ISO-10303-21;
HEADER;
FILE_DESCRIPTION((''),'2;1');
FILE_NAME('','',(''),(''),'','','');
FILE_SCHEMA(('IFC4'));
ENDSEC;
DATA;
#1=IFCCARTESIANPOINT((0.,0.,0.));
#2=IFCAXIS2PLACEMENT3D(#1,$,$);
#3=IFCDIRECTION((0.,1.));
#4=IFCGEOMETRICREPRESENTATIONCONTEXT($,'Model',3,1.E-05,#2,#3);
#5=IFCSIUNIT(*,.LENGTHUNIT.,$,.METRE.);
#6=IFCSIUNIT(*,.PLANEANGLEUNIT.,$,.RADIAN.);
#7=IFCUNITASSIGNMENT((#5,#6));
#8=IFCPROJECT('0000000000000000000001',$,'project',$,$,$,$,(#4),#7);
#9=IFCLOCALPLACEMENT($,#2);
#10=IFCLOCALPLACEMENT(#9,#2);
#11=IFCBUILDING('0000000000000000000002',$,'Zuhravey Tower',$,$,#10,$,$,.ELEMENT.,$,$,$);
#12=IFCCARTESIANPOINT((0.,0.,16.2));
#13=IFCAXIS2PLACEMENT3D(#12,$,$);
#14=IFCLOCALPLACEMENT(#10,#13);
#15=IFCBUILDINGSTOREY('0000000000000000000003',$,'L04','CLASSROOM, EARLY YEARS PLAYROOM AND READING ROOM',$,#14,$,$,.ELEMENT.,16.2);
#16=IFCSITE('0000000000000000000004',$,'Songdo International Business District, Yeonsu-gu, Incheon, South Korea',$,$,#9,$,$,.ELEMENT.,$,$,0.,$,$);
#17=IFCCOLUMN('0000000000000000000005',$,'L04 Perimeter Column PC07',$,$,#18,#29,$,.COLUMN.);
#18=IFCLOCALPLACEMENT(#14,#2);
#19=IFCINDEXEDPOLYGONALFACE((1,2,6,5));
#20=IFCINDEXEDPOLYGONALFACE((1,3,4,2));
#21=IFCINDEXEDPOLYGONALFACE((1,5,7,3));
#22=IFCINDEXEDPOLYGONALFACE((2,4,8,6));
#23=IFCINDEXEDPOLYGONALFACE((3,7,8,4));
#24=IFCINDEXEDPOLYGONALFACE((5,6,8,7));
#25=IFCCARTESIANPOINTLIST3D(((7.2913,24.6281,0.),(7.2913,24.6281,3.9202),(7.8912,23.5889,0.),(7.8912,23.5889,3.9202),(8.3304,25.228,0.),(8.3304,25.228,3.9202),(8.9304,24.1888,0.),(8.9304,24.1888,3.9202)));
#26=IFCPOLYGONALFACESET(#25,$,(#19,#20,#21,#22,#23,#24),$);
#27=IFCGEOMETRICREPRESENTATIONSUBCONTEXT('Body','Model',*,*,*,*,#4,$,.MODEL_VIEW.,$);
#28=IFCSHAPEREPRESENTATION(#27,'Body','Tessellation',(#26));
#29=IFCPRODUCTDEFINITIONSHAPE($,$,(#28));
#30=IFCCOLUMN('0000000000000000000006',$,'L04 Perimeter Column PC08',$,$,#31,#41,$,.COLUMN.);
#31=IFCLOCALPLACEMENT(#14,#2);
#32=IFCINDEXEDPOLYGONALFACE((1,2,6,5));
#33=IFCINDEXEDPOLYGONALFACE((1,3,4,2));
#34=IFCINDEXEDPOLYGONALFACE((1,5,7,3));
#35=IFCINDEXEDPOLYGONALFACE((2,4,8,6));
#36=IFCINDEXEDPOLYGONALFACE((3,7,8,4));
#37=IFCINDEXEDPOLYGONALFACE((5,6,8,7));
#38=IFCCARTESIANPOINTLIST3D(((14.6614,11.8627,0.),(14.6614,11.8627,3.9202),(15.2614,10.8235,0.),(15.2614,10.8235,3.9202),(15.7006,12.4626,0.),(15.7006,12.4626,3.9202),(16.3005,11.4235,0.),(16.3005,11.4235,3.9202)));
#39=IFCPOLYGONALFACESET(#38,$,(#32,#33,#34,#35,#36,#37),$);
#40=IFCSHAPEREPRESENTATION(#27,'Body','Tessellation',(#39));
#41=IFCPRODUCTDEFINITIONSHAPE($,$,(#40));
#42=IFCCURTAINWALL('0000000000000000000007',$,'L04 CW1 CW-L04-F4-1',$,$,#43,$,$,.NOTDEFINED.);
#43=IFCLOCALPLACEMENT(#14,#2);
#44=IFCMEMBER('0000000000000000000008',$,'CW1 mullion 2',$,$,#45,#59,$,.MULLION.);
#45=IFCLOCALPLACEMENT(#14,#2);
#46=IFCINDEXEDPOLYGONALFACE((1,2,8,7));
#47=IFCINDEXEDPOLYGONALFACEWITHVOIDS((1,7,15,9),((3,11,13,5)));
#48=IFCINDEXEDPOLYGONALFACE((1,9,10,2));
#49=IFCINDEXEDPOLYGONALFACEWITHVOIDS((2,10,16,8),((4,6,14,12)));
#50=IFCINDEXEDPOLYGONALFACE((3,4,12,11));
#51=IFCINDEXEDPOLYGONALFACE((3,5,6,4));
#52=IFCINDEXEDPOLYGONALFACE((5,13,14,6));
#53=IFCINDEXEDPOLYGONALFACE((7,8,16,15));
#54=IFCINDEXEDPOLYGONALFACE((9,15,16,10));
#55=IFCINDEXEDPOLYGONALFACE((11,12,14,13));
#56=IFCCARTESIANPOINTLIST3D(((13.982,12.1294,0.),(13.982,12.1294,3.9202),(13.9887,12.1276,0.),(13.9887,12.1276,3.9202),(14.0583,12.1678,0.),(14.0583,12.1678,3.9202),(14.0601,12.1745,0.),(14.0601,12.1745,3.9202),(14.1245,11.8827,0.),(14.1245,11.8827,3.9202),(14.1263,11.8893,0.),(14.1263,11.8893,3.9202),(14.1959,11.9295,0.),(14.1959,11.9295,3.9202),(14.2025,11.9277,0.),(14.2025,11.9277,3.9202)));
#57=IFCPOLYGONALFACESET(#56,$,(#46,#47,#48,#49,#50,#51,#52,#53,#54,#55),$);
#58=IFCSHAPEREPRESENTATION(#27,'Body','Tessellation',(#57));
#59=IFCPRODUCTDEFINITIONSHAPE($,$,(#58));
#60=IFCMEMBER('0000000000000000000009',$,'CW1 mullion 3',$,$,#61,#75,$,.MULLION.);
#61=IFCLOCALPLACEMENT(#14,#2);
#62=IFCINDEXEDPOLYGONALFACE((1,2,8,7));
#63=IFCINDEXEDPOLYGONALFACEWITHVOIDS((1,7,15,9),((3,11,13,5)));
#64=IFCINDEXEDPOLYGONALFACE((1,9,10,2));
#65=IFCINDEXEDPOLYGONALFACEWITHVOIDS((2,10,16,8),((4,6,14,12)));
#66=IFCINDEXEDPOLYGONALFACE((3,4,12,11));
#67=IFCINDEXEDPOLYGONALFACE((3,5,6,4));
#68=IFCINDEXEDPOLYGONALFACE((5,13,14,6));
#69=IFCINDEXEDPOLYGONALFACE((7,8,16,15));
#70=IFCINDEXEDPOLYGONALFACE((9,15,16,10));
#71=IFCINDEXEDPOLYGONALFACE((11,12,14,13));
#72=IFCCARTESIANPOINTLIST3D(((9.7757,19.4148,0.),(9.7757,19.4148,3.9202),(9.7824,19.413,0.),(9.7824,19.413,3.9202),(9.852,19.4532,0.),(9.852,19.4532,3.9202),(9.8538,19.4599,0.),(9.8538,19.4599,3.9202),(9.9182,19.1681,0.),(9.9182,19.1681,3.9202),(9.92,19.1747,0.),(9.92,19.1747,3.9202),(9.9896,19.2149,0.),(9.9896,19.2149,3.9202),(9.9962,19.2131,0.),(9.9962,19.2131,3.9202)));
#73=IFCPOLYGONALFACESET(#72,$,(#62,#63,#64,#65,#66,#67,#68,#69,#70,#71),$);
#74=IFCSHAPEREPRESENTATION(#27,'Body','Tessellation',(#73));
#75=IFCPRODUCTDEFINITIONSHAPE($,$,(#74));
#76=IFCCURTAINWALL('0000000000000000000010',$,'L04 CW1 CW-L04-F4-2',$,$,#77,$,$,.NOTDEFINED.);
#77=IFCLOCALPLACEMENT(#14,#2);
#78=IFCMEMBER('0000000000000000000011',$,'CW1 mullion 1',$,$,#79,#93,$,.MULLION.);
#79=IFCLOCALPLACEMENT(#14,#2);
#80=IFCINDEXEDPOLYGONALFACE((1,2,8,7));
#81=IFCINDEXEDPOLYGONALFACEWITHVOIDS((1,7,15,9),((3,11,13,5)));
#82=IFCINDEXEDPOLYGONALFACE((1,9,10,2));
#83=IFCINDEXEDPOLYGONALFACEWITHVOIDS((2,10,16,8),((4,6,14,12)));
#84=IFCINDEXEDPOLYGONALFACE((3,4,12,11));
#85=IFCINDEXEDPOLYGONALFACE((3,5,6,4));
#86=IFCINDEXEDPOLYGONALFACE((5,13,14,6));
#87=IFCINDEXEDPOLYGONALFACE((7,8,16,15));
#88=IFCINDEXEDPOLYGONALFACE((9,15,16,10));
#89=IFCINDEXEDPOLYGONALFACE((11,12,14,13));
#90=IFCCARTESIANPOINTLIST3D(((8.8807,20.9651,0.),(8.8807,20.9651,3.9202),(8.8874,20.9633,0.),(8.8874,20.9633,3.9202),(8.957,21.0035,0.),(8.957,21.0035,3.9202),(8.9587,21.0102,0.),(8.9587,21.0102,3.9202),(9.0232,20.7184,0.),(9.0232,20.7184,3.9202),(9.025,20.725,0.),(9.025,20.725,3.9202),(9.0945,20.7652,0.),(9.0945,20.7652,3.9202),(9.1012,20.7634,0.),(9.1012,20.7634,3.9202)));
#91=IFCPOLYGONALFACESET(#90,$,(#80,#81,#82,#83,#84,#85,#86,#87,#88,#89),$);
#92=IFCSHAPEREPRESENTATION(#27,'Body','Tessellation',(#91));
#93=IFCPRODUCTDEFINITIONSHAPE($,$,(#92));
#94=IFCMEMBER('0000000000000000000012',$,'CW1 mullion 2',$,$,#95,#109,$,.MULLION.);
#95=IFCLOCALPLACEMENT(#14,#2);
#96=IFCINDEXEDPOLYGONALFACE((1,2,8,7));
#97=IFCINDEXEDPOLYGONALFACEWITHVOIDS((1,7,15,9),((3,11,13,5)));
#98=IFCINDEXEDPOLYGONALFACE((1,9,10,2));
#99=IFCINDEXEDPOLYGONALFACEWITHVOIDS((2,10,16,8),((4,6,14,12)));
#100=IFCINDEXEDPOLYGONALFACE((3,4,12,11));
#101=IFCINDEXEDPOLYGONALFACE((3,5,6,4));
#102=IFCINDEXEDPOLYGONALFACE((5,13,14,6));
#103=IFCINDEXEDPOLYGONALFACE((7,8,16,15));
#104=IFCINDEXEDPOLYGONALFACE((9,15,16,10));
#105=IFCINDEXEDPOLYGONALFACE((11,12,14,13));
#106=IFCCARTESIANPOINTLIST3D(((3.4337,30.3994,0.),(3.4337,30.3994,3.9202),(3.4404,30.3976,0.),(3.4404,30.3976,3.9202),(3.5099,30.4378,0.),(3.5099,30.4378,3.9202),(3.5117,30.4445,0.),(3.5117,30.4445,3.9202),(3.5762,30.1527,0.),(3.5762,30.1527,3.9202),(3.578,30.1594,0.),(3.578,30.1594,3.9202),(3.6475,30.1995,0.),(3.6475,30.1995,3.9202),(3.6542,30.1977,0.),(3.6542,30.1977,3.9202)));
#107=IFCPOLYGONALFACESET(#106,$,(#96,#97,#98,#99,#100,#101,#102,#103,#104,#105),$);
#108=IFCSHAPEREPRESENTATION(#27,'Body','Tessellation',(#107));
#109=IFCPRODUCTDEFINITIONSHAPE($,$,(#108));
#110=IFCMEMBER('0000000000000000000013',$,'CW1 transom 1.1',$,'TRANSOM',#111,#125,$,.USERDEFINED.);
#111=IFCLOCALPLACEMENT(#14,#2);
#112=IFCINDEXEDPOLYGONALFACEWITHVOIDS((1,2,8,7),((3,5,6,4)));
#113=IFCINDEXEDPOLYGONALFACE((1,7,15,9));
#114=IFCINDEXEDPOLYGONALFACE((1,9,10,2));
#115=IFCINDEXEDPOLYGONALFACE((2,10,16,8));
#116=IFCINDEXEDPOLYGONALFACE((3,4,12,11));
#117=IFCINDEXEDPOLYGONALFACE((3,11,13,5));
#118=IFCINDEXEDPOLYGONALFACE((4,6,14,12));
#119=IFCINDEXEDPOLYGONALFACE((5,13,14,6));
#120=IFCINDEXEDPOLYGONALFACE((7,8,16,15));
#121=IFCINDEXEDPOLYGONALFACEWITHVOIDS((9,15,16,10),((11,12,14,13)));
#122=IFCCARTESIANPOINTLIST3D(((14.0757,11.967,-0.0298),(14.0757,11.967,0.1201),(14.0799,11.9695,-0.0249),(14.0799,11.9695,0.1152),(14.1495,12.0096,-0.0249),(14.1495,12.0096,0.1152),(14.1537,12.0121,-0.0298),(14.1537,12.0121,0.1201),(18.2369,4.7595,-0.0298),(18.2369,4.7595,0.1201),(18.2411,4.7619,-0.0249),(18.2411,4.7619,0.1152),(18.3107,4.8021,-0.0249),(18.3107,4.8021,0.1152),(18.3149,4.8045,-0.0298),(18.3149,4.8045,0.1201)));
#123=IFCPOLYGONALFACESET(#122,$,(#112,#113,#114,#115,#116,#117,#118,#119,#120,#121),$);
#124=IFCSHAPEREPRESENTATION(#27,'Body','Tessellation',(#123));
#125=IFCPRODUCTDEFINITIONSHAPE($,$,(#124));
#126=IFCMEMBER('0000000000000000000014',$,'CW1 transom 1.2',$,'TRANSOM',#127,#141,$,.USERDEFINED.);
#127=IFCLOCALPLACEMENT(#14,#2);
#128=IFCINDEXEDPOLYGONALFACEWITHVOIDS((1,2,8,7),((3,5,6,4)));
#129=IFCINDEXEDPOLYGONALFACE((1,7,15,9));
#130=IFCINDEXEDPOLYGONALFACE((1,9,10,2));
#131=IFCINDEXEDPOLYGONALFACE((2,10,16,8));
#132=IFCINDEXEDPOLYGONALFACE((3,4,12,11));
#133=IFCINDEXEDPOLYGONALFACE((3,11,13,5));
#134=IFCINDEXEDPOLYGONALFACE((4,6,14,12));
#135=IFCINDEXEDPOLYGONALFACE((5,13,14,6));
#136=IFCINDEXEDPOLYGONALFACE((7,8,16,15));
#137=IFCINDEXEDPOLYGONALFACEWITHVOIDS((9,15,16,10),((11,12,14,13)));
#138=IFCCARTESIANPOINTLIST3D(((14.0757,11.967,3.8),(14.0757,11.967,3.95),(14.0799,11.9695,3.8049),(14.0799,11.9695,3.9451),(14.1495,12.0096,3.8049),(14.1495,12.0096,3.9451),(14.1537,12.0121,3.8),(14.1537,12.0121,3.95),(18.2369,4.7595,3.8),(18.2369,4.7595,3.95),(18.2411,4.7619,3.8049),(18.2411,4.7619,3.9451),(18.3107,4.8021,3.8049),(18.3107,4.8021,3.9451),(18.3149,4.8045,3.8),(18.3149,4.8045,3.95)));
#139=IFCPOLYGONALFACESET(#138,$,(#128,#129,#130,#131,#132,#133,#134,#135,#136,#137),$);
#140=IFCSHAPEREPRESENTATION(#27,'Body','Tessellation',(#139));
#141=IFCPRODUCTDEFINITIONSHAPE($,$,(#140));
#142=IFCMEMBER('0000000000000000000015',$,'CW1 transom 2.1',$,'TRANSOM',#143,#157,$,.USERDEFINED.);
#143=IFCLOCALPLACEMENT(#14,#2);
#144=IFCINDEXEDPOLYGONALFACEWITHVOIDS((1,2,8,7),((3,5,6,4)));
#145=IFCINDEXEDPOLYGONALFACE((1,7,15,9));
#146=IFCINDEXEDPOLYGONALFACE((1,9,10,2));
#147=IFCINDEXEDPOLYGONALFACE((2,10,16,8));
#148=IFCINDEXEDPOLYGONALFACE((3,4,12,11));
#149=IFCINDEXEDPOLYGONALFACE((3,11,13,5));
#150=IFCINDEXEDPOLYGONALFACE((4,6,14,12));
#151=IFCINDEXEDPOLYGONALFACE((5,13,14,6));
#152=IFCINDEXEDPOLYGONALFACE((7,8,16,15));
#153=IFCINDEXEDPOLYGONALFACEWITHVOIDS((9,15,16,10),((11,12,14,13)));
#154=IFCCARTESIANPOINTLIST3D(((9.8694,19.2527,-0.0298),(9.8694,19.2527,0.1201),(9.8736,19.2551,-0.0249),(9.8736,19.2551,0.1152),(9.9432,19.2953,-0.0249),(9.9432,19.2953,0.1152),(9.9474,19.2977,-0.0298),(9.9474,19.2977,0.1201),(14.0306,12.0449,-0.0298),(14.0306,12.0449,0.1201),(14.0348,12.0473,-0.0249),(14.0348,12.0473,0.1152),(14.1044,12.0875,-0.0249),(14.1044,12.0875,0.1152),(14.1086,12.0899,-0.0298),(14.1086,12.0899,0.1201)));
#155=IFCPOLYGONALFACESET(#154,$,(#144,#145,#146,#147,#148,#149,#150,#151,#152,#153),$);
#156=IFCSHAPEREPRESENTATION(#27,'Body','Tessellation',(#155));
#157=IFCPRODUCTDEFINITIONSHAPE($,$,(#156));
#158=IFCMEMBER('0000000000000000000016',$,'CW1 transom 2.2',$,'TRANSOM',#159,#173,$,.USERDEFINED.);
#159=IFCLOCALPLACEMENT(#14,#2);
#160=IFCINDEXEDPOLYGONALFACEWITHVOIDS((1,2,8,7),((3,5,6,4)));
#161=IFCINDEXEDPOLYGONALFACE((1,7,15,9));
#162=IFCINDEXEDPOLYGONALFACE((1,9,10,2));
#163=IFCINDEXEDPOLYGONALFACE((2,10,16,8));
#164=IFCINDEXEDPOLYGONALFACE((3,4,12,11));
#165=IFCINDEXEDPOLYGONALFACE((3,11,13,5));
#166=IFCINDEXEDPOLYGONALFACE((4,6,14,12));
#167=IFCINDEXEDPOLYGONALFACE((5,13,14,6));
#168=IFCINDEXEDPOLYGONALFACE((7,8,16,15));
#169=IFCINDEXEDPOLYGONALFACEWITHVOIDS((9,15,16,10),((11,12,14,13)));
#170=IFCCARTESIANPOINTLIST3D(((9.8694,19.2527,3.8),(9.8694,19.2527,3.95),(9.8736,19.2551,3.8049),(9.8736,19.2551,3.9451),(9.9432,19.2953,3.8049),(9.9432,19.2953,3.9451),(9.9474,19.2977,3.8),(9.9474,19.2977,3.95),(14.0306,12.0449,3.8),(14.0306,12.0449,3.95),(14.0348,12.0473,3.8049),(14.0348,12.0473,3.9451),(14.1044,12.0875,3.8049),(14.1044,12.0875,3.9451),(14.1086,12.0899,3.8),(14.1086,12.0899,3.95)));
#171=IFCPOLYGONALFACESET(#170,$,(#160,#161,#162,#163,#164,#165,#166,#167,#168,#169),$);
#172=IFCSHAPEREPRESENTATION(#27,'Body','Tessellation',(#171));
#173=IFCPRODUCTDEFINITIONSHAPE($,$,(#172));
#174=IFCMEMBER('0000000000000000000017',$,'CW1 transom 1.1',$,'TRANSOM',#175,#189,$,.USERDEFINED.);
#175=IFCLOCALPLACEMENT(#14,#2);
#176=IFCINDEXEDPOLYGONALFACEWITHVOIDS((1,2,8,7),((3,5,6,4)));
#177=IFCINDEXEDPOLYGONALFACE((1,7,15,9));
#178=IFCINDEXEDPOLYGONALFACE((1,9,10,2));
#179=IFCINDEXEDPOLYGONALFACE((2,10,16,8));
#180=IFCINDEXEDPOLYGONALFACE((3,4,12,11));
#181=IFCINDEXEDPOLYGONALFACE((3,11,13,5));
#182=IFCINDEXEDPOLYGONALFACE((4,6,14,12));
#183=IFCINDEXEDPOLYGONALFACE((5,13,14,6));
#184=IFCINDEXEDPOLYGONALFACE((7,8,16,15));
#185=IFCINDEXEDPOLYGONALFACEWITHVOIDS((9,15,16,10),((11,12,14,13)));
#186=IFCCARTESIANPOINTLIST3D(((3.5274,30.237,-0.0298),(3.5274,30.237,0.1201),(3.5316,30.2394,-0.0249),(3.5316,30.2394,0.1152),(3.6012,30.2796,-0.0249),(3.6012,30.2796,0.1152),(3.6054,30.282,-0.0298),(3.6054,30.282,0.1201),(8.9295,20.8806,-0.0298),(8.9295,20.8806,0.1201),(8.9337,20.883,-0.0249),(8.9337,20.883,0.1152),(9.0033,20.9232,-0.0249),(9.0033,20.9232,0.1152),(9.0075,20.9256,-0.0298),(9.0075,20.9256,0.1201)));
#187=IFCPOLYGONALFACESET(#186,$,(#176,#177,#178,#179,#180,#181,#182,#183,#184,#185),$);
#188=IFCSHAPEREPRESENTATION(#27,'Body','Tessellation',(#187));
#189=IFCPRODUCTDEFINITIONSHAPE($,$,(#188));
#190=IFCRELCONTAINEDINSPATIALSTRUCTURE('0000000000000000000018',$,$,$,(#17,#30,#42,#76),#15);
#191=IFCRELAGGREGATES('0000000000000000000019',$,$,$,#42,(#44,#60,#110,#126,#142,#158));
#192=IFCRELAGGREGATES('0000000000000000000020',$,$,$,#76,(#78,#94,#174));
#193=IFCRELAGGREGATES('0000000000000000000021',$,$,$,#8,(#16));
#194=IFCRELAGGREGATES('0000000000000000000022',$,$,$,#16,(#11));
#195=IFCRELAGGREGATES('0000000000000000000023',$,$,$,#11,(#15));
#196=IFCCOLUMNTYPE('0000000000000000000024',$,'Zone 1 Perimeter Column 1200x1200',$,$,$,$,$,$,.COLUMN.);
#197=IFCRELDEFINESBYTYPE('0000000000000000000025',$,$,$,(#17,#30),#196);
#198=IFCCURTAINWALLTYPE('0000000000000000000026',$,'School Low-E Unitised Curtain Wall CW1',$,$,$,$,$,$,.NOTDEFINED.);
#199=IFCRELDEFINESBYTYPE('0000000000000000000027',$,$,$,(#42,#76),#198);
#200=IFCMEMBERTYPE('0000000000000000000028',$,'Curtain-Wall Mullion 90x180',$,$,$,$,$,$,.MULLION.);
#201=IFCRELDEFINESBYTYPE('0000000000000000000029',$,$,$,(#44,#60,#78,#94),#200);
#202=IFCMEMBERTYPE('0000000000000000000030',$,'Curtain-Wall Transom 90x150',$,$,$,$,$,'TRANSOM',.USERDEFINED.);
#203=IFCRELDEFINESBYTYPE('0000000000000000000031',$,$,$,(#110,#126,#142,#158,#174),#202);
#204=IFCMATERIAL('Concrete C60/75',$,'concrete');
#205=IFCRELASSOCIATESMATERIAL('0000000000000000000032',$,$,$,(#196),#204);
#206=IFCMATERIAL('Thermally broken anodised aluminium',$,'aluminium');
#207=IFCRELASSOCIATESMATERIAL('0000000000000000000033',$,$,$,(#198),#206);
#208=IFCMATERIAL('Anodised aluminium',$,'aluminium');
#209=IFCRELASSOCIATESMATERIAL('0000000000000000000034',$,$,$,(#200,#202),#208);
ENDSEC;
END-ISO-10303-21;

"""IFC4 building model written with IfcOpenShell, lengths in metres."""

from ifc_helpers import new_model, si_unit, direction, frame, origin, origin_2d, place, context, subcontext, project, spatial, rectangle, hollow_rectangle, extrude, material, material_profile, profile_set, type_object, element, aggregate, save


model = new_model("IFC4")

# Units and contexts
model_context = context("Model", 3, precision=1e-05, world=origin(), true_north=direction((0.0, 1.0)))
body_context = subcontext(model_context, "Body", "Model", "MODEL_VIEW")
ifc_project = project(units=[si_unit("LENGTHUNIT", "METRE"), si_unit("PLANEANGLEUNIT", "RADIAN")], contexts=[model_context])

# Site, building, storey
site_placement = place(None, origin())
site = spatial("IfcSite", under=ifc_project, at=site_placement, Name="Songdo International Business District, Yeonsu-gu, Incheon, South Korea", CompositionType="ELEMENT", RefElevation=0.0)
building_placement = place(site_placement, origin())
building = spatial("IfcBuilding", under=site, at=building_placement, Name="Zuhravey Tower", CompositionType="ELEMENT")
storey_placement = place(building_placement, frame((0.0, 0.0, 16.2)))
storey = spatial("IfcBuildingStorey", under=building, at=storey_placement, Name="L04", Description="CLASSROOM, EARLY YEARS PLAYROOM AND READING ROOM", CompositionType="ELEMENT", Elevation=16.2)

# Columns
ifc_material_1 = material(Name="Concrete C60/75", Category="concrete")
ifc_material_profile_1 = material_profile(ifc_material_1, rectangle(XDim=1.2, YDim=1.2, at=origin_2d()), Name="RC-1200x1200")
ifc_profile_set_1 = profile_set([ifc_material_profile_1], Name="Concrete C60/75")
column_type = type_object("IfcColumnType", Name="Zone 1 Perimeter Column 1200x1200", PredefinedType="COLUMN", material=ifc_profile_set_1)
for number, where, z_axis, x_axis, name in (
    (1, (8.1108, 24.4084, 0.0), (0.0, 0.0, 1.0), (0.5, -0.866025, 0.0), "L04 Perimeter Column PC07"),
    (2, (15.481, 11.6431, 0.0), (0.0, 0.0, 1.0), (0.5, -0.866025, 0.0), "L04 Perimeter Column PC08"),
):
    element("IfcColumn", number, at=place(storey_placement, frame(where, z_axis=z_axis, x_axis=x_axis)), inside=storey, type_object=column_type, Name=name, PredefinedType="COLUMN", context=body_context, shape_type="SweptSolid", body=[
        extrude(rectangle(XDim=1.2, YDim=1.2, at=origin_2d()), origin(), (0.0, 0.0, 1.0), 3.9202),
    ])

# Curtain walls, members
ifc_material_2 = material(Name="Thermally broken anodised aluminium", Category="aluminium")
curtain_wall_type = type_object("IfcCurtainWallType", Name="School Low-E Unitised Curtain Wall CW1", PredefinedType="NOTDEFINED", material=ifc_material_2)
curtain_wall_1_placement = place(storey_placement, origin())
curtain_wall_1 = element("IfcCurtainWall", 3, at=curtain_wall_1_placement, inside=storey, type_object=curtain_wall_type, Name="L04 CW1 CW-L04-F4-1", PredefinedType="NOTDEFINED")
ifc_material_3 = material(Name="Anodised aluminium", Category="aluminium")
ifc_material_profile_2 = material_profile(ifc_material_3, hollow_rectangle(XDim=0.0901, YDim=0.2849, WallThickness=0.0049, at=origin_2d()), Name="ALU-RHS-90x285x5")
ifc_profile_set_2 = profile_set([ifc_material_profile_2], Name="Anodised aluminium")
member_type_1 = type_object("IfcMemberType", Name="Curtain-Wall Mullion 90x180", PredefinedType="MULLION", material=ifc_profile_set_2)
member_1_placement = place(storey_placement, frame((14.0923, 12.0286, 0.0), z_axis=(0.0, 0.0, 1.0), x_axis=(-0.866026, -0.5, 0.0)))
member_1 = element("IfcMember", 4, at=member_1_placement, type_object=member_type_1, Name="CW1 mullion 2", PredefinedType="MULLION", context=body_context, shape_type="SweptSolid", body=[
    extrude(hollow_rectangle(XDim=0.0901, YDim=0.2849, WallThickness=0.0049, at=origin_2d()), origin(), (0.0, 0.0, 1.0), 3.9202),
])
member_2_placement = place(storey_placement, frame((9.886, 19.314, 0.0), z_axis=(0.0, 0.0, 1.0), x_axis=(-0.866026, -0.5, 0.0)))
member_2 = element("IfcMember", 5, at=member_2_placement, type_object=member_type_1, Name="CW1 mullion 3", PredefinedType="MULLION", context=body_context, shape_type="SweptSolid", body=[
    extrude(hollow_rectangle(XDim=0.0901, YDim=0.2849, WallThickness=0.0049, at=origin_2d()), origin(), (0.0, 0.0, 1.0), 3.9202),
])
curtain_wall_2_placement = place(storey_placement, origin())
curtain_wall_2 = element("IfcCurtainWall", 6, at=curtain_wall_2_placement, inside=storey, type_object=curtain_wall_type, Name="L04 CW1 CW-L04-F4-2", PredefinedType="NOTDEFINED")
member_3_placement = place(storey_placement, frame((8.991, 20.8643, 0.0), z_axis=(0.0, 0.0, 1.0), x_axis=(-0.866027, -0.499998, 0.0)))
member_3 = element("IfcMember", 7, at=member_3_placement, type_object=member_type_1, Name="CW1 mullion 1", PredefinedType="MULLION", context=body_context, shape_type="SweptSolid", body=[
    extrude(hollow_rectangle(XDim=0.0901, YDim=0.2849, WallThickness=0.0049, at=origin_2d()), origin(), (0.0, 0.0, 1.0), 3.9202),
])
member_4_placement = place(storey_placement, frame((3.5439, 30.2986, 0.0), z_axis=(0.0, 0.0, 1.0), x_axis=(-0.866027, -0.499998, 0.0)))
member_4 = element("IfcMember", 8, at=member_4_placement, type_object=member_type_1, Name="CW1 mullion 2", PredefinedType="MULLION", context=body_context, shape_type="SweptSolid", body=[
    extrude(hollow_rectangle(XDim=0.0901, YDim=0.2849, WallThickness=0.0049, at=origin_2d()), origin(), (0.0, 0.0, 1.0), 3.9202),
])

# Members
ifc_material_profile_3 = material_profile(ifc_material_3, hollow_rectangle(XDim=0.0901, YDim=0.1499, WallThickness=0.0049, at=origin_2d()), Name="ALU-RHS-90x150x5")
ifc_profile_set_3 = profile_set([ifc_material_profile_3], Name="Anodised aluminium")
member_type_2 = type_object("IfcMemberType", Name="Curtain-Wall Transom 90x150", ElementType="TRANSOM", PredefinedType="USERDEFINED", material=ifc_profile_set_3)
member_5_placement = place(storey_placement, frame((18.2759, 4.782, 0.0452), z_axis=(-0.499988, 0.866032, 0.0), x_axis=(-0.866032, -0.499988, 0.0)))
member_5 = element("IfcMember", 9, at=member_5_placement, type_object=member_type_2, Name="CW1 transom 1.1", ObjectType="TRANSOM", PredefinedType="USERDEFINED", context=body_context, shape_type="SweptSolid", body=[
    extrude(hollow_rectangle(XDim=0.0901, YDim=0.1499, WallThickness=0.0049, at=origin_2d()), origin(), (0.0, 0.0, 1.0), 8.3225),
])
member_6_placement = place(storey_placement, frame((18.2759, 4.782, 3.875), z_axis=(-0.499988, 0.866032, 0.0), x_axis=(-0.866032, -0.499988, 0.0)))
member_6 = element("IfcMember", 10, at=member_6_placement, type_object=member_type_2, Name="CW1 transom 1.2", ObjectType="TRANSOM", PredefinedType="USERDEFINED", context=body_context, shape_type="SweptSolid", body=[
    extrude(hollow_rectangle(XDim=0.0901, YDim=0.1499, WallThickness=0.0049, at=origin_2d()), origin(), (0.0, 0.0, 1.0), 8.3225),
])
member_7_placement = place(storey_placement, frame((14.0696, 12.0674, 0.0452), z_axis=(-0.499976, 0.86604, 0.0), x_axis=(-0.86604, -0.499976, 0.0)))
member_7 = element("IfcMember", 11, at=member_7_placement, type_object=member_type_2, Name="CW1 transom 2.1", ObjectType="TRANSOM", PredefinedType="USERDEFINED", context=body_context, shape_type="SweptSolid", body=[
    extrude(hollow_rectangle(XDim=0.0901, YDim=0.1499, WallThickness=0.0049, at=origin_2d()), origin(), (0.0, 0.0, 1.0), 8.3228),
])
member_8_placement = place(storey_placement, frame((14.0696, 12.0674, 3.875), z_axis=(-0.499976, 0.86604, 0.0), x_axis=(-0.86604, -0.499976, 0.0)))
member_8 = element("IfcMember", 12, at=member_8_placement, type_object=member_type_2, Name="CW1 transom 2.2", ObjectType="TRANSOM", PredefinedType="USERDEFINED", context=body_context, shape_type="SweptSolid", body=[
    extrude(hollow_rectangle(XDim=0.0901, YDim=0.1499, WallThickness=0.0049, at=origin_2d()), origin(), (0.0, 0.0, 1.0), 8.3228),
])
member_9_placement = place(storey_placement, frame((8.9685, 20.9031, 0.0452), z_axis=(-0.500011, 0.866019, 0.0), x_axis=(-0.866019, -0.500011, 0.0)))
member_9 = element("IfcMember", 13, at=member_9_placement, type_object=member_type_2, Name="CW1 transom 1.1", ObjectType="TRANSOM", PredefinedType="USERDEFINED", context=body_context, shape_type="SweptSolid", body=[
    extrude(hollow_rectangle(XDim=0.0901, YDim=0.1499, WallThickness=0.0049, at=origin_2d()), origin(), (0.0, 0.0, 1.0), 10.804),
])

aggregate(curtain_wall_1, [member_1, member_2, member_5, member_6, member_7, member_8])
aggregate(curtain_wall_2, [member_3, member_4, member_9])

save(model, "model.ifc")
